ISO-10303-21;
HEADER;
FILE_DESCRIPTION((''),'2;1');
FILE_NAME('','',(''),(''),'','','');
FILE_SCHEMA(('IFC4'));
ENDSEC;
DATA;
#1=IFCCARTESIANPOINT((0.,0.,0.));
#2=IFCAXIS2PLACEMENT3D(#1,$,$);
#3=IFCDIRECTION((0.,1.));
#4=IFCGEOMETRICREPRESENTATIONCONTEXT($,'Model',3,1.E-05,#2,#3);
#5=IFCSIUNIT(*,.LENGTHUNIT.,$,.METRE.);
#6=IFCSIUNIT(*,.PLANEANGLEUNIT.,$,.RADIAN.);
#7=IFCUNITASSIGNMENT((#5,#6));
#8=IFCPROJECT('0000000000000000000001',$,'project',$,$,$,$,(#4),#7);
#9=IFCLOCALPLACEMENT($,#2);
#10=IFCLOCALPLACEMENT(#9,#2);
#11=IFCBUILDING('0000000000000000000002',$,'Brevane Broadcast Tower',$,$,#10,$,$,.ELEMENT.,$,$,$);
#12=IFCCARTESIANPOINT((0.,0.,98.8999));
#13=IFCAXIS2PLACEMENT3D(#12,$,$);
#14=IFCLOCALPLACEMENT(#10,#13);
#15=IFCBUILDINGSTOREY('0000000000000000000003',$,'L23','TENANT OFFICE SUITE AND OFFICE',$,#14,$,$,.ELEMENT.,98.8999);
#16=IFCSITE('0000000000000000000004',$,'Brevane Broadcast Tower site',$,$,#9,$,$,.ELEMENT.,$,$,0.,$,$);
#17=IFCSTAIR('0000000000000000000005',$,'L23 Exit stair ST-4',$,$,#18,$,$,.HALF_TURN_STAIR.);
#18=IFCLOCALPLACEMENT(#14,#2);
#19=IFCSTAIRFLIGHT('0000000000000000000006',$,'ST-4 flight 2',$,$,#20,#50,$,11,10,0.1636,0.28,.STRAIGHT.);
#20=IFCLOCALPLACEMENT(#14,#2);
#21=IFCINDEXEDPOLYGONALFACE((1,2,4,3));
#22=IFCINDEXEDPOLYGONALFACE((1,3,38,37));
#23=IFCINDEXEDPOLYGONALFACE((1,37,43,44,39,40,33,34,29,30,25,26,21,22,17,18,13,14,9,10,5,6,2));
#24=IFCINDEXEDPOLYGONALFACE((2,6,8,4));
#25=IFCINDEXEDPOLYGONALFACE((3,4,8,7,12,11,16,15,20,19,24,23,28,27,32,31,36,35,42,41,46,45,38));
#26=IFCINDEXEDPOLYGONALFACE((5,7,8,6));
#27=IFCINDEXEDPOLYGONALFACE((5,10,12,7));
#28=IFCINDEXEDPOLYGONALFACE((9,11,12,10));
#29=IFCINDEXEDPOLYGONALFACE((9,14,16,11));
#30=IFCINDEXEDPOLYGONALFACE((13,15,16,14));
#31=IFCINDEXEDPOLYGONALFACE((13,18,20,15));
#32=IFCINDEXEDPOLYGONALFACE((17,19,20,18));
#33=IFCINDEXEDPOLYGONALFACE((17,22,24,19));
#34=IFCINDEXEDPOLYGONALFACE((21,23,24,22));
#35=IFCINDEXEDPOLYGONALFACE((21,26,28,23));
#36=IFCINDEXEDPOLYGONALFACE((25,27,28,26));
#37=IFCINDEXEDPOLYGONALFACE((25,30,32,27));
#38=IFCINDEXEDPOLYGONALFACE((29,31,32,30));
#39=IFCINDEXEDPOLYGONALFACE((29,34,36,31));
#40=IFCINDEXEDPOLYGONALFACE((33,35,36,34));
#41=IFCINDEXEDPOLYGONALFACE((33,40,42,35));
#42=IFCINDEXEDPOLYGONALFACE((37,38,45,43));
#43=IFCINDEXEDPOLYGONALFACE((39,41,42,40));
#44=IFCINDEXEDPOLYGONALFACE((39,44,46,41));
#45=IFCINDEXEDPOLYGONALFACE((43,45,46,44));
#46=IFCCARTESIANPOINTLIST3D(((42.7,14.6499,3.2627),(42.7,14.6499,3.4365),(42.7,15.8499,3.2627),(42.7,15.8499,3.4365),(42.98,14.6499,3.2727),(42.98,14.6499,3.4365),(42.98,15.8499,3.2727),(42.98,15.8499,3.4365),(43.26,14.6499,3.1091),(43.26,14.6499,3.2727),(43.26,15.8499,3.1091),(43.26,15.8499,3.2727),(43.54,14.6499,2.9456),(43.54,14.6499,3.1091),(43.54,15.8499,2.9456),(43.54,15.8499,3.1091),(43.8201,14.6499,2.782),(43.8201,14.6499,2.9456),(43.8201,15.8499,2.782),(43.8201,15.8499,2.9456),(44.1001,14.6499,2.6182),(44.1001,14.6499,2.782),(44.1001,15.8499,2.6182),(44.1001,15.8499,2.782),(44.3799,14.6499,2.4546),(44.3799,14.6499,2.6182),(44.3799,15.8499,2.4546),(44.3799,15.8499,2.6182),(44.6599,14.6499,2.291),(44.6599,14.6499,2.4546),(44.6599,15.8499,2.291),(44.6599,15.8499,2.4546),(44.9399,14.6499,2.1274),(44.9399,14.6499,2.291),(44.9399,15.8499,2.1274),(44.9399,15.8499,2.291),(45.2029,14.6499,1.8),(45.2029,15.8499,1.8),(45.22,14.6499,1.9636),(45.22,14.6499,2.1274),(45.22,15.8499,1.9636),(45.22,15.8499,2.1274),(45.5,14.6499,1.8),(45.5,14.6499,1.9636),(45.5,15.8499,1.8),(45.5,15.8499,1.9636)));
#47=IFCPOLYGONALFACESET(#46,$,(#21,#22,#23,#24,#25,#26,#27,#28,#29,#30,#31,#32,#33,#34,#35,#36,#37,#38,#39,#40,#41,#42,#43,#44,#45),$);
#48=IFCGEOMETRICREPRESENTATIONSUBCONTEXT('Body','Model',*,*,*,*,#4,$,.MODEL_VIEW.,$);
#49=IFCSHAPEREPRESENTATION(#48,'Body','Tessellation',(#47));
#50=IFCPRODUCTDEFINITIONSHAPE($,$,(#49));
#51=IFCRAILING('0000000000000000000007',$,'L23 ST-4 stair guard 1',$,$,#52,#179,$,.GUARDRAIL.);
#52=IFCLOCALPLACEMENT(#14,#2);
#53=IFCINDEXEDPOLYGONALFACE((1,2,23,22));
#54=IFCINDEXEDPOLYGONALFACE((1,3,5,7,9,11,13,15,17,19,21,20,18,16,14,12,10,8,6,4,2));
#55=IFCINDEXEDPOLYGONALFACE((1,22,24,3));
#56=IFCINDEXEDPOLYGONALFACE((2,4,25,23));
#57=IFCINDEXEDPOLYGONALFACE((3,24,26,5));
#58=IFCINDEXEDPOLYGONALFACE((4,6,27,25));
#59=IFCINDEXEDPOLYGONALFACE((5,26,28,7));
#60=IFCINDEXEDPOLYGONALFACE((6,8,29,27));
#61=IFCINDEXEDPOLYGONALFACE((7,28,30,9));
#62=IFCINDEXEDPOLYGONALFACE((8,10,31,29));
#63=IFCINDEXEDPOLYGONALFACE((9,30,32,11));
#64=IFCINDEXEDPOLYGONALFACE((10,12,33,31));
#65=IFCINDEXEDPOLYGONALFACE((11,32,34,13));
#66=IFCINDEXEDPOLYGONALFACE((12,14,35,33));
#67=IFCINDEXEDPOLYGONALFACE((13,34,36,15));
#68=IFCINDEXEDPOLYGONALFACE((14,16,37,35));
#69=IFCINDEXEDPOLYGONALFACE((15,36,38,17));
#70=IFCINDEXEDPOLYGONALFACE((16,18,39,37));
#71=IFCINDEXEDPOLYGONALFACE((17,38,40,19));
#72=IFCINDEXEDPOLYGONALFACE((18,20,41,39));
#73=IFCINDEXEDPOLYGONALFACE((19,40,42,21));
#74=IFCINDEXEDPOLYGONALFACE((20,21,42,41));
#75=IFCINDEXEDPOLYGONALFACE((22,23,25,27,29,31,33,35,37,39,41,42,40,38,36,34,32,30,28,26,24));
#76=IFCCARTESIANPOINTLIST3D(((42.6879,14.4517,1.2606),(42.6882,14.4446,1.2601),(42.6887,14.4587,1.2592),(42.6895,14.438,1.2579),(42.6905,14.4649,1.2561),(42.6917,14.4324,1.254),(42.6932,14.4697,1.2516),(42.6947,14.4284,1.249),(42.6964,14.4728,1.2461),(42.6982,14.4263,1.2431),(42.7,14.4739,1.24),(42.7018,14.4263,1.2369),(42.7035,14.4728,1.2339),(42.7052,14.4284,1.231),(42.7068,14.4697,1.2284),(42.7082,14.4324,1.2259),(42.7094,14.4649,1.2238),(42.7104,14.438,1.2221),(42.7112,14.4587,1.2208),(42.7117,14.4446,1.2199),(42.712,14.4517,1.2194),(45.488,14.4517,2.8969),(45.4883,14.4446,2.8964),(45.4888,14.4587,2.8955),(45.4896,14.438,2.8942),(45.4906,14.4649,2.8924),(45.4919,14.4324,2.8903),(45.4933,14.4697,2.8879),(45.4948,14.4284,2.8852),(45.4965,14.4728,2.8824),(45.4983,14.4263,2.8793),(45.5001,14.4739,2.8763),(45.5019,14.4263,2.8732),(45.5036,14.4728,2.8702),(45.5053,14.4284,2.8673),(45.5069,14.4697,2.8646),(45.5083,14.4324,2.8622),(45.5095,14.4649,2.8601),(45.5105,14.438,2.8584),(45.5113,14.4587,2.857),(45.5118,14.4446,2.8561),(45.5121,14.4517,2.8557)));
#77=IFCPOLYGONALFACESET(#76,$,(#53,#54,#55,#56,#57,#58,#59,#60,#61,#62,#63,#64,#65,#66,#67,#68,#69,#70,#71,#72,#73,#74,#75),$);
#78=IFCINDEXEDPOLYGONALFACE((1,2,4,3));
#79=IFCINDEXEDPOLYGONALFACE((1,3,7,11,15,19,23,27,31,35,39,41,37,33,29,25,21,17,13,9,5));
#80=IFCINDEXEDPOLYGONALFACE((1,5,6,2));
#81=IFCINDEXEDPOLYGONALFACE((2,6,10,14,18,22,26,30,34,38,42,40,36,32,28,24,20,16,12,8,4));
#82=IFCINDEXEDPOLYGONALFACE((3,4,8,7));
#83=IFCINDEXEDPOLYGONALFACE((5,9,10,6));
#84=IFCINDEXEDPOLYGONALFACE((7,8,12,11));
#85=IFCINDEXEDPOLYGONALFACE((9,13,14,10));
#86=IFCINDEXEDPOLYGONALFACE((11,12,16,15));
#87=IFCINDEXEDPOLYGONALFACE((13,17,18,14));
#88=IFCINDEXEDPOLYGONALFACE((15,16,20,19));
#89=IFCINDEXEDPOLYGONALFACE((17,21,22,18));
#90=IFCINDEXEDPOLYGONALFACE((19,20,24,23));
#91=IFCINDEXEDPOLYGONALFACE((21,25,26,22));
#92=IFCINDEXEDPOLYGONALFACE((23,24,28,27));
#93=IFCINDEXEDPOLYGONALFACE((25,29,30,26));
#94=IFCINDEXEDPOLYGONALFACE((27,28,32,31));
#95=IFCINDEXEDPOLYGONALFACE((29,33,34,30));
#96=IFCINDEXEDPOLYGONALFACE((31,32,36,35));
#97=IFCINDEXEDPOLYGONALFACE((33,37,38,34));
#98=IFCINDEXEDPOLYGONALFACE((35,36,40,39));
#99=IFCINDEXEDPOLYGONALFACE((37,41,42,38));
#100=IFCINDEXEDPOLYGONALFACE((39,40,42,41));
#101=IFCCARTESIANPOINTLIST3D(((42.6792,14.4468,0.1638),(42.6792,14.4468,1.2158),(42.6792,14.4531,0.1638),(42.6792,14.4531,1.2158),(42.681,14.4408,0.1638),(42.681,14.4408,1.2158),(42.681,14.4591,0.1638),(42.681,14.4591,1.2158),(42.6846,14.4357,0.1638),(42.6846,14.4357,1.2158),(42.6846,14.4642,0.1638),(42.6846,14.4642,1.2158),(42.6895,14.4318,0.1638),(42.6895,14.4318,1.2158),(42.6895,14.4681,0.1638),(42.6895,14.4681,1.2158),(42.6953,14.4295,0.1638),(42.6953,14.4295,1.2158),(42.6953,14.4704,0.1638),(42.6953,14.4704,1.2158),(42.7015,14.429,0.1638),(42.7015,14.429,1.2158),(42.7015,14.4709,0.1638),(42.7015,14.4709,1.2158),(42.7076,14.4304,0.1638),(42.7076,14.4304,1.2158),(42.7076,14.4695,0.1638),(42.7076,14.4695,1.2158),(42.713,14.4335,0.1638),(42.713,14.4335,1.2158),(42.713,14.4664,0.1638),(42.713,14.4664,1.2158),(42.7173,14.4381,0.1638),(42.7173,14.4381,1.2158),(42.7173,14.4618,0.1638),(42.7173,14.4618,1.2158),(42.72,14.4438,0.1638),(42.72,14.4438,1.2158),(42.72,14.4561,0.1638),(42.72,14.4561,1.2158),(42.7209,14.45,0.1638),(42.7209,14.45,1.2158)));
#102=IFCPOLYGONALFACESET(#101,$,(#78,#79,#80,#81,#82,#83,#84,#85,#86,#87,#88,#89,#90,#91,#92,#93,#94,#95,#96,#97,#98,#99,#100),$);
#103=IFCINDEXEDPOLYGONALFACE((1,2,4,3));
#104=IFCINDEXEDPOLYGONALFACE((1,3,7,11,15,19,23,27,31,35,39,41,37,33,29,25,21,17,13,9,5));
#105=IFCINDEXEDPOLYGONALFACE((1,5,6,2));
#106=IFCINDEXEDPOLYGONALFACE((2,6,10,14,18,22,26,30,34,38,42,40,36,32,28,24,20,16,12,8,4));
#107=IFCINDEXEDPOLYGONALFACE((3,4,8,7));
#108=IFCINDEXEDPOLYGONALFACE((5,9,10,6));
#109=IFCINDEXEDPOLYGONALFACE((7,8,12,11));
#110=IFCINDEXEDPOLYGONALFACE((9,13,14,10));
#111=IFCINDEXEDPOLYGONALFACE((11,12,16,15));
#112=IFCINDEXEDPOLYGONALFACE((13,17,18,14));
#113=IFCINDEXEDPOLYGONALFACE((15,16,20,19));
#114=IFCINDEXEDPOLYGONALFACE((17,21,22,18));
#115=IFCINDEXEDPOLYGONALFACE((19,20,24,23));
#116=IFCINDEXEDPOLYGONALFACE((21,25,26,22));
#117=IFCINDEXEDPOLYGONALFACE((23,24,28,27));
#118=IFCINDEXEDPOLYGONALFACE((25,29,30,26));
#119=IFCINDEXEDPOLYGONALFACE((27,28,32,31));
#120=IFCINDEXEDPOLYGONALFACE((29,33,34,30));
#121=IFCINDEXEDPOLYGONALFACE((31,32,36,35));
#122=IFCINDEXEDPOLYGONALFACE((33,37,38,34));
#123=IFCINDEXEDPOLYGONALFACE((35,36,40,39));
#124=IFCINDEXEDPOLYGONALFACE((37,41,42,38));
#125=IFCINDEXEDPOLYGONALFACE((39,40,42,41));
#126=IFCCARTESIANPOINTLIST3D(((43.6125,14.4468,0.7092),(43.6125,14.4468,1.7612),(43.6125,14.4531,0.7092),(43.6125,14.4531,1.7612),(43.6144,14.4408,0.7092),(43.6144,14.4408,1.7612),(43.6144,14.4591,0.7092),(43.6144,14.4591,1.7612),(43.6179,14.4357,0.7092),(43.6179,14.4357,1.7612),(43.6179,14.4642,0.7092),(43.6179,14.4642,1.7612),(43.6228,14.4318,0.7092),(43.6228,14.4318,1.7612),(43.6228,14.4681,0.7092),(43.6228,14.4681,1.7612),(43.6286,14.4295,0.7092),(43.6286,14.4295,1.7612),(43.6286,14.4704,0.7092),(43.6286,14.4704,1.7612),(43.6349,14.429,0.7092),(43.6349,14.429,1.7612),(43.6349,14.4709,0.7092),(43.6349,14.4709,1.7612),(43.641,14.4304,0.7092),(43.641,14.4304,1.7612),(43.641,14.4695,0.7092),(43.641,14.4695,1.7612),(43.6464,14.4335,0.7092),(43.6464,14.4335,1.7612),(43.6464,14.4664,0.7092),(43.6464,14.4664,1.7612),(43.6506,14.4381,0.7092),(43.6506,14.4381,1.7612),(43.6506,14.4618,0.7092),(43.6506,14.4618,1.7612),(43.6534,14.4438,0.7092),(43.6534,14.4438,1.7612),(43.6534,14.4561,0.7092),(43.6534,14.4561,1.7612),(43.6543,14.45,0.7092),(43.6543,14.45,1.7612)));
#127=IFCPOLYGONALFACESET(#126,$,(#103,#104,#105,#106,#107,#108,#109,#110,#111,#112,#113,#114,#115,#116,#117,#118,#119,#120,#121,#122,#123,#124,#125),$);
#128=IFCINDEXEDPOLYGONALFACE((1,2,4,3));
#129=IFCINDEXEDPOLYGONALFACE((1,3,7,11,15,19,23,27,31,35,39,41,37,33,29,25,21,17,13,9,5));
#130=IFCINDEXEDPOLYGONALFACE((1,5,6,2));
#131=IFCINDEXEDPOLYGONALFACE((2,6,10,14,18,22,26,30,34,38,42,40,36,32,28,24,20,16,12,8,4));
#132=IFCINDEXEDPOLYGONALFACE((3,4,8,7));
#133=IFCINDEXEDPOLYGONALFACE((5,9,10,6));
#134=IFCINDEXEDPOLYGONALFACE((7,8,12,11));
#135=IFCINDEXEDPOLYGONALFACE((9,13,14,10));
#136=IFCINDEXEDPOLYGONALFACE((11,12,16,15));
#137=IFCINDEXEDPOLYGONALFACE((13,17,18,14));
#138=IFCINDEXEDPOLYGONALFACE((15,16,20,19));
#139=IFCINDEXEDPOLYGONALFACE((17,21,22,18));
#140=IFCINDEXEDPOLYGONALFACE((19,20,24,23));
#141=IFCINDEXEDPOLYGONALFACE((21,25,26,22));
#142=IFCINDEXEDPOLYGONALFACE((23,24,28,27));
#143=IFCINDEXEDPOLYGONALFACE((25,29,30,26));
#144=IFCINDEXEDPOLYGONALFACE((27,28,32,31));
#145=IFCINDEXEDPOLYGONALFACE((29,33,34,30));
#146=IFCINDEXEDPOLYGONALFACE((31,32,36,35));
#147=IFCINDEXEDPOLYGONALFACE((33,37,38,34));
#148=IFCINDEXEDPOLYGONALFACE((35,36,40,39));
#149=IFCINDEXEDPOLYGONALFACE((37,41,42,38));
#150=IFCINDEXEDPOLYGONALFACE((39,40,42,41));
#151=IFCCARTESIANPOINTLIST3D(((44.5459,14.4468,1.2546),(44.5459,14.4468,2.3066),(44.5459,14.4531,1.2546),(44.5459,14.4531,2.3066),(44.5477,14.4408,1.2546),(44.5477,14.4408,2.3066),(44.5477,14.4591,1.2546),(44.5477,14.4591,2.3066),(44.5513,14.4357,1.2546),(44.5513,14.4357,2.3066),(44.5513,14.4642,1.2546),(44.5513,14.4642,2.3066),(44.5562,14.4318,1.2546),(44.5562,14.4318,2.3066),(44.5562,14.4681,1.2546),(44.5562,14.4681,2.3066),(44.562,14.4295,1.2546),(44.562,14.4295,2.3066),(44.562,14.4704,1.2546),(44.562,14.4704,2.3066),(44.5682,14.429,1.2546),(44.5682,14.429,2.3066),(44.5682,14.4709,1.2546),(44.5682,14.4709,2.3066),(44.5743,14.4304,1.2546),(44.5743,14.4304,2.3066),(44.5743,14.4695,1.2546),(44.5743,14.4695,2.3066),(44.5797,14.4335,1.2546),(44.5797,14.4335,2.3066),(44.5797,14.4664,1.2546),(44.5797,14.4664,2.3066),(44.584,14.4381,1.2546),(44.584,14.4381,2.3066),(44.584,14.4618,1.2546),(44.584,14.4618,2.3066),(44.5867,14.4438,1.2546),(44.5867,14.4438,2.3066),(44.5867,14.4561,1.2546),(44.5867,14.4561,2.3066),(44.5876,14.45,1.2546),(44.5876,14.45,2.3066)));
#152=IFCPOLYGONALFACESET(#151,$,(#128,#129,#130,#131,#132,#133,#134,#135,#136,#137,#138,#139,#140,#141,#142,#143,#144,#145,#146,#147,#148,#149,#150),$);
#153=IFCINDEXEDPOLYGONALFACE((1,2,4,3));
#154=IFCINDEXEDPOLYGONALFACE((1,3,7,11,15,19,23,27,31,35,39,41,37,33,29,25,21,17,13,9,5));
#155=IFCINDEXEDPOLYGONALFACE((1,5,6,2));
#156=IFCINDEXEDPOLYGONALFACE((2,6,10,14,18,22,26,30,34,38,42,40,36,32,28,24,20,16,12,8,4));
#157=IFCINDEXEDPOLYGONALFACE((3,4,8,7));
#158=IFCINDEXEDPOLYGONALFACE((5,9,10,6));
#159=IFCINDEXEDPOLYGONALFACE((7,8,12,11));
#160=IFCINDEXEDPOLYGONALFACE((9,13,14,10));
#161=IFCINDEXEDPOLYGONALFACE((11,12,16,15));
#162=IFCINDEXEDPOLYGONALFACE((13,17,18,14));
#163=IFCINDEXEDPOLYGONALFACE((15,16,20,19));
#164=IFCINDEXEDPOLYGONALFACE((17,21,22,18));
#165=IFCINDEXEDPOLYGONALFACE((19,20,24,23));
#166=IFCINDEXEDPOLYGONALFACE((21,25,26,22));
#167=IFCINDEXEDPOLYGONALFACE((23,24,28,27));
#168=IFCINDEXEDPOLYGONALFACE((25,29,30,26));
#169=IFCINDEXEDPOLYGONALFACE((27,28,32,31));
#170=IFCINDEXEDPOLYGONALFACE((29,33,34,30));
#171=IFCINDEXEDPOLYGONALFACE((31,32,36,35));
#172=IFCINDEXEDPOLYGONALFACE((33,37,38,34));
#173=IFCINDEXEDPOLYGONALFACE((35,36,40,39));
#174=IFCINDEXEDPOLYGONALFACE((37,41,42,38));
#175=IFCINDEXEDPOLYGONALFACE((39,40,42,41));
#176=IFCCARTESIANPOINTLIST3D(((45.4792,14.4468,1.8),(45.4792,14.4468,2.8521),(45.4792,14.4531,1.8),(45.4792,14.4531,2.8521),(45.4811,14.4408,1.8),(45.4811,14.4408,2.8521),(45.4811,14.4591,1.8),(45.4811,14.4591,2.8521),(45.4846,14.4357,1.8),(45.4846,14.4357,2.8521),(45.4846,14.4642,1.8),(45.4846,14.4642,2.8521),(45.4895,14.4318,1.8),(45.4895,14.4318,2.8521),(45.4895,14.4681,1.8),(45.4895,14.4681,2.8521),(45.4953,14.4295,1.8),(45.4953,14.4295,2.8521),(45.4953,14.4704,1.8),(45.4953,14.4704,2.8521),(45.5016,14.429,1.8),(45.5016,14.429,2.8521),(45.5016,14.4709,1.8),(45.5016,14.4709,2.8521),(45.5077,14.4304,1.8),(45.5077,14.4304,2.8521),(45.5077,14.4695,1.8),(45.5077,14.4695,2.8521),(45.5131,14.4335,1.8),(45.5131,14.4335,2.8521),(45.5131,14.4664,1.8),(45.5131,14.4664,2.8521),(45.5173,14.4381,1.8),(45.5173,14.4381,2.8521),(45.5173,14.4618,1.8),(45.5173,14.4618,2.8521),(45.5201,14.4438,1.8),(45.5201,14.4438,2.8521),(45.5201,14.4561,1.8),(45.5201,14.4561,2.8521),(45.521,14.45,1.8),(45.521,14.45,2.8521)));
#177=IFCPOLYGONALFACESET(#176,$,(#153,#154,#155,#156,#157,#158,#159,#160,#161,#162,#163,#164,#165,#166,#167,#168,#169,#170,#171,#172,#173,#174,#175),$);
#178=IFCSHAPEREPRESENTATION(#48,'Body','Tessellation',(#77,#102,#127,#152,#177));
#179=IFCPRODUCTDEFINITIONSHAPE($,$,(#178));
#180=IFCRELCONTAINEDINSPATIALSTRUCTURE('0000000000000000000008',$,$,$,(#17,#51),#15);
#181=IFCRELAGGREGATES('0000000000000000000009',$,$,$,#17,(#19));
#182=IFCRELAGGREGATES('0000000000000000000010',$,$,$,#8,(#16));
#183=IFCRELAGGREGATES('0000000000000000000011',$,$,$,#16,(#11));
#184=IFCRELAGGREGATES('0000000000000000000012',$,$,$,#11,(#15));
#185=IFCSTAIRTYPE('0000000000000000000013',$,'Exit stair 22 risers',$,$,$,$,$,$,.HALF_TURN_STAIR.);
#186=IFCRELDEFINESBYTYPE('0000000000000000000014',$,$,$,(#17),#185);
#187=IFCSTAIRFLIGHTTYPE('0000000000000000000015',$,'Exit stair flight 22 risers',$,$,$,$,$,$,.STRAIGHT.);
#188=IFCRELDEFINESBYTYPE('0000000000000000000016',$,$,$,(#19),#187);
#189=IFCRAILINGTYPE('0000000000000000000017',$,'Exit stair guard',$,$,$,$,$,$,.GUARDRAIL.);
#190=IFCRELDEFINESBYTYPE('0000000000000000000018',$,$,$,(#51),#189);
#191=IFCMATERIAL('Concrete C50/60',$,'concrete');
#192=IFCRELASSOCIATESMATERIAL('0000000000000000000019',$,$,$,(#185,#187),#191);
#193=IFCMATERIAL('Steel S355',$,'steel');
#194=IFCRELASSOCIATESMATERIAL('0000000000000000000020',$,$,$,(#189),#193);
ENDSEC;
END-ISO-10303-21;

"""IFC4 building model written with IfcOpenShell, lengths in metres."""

from ifc_helpers import new_model, si_unit, direction, frame, origin, origin_2d, place, context, subcontext, project, spatial, polyline, circle, outline, extrude, material, type_object, element, aggregate, save


model = new_model("IFC4")

# Units and contexts
model_context = context("Model", 3, precision=1e-05, world=origin(), true_north=direction((0.0, 1.0)))
body_context = subcontext(model_context, "Body", "Model", "MODEL_VIEW")
ifc_project = project(units=[si_unit("LENGTHUNIT", "METRE"), si_unit("PLANEANGLEUNIT", "RADIAN")], contexts=[model_context])

# Site, building, storey
site_placement = place(None, origin())
site = spatial("IfcSite", under=ifc_project, at=site_placement, Name="Brevane Broadcast Tower site", CompositionType="ELEMENT", RefElevation=0.0)
building_placement = place(site_placement, origin())
building = spatial("IfcBuilding", under=site, at=building_placement, Name="Brevane Broadcast Tower", CompositionType="ELEMENT")
storey_placement = place(building_placement, frame((0.0, 0.0, 98.8999)))
storey = spatial("IfcBuildingStorey", under=building, at=storey_placement, Name="L23", Description="TENANT OFFICE SUITE AND OFFICE", CompositionType="ELEMENT", Elevation=98.8999)

# Stair, stair flight
ifc_material_1 = material(Name="Concrete C50/60", Category="concrete")
stair_type = type_object("IfcStairType", Name="Exit stair 22 risers", PredefinedType="HALF_TURN_STAIR", material=ifc_material_1)
stair_placement = place(storey_placement, origin())
stair = element("IfcStair", 1, at=stair_placement, inside=storey, type_object=stair_type, Name="L23 Exit stair ST-4", PredefinedType="HALF_TURN_STAIR")
stair_flight_type = type_object("IfcStairFlightType", Name="Exit stair flight 22 risers", PredefinedType="STRAIGHT", material=ifc_material_1)
stair_flight_1_placement = place(storey_placement, frame((45.5, 15.25, 1.8), z_axis=(0.0, 0.0, 1.0), x_axis=(-1.0, 0.0, 0.0)))
stair_flight_1 = element("IfcStairFlight", 2, at=stair_flight_1_placement, type_object=stair_flight_type, Name="ST-4 flight 2", NumberOfRisers=11, NumberOfTreads=10, PredefinedType="STRAIGHT", RiserHeight=0.1636, TreadLength=0.28, context=body_context, shape_type="SweptSolid", body=[
    extrude(outline(polyline([(0.0, 0.0), (0.0, 0.1636), (0.28, 0.1636), (0.28, 0.3274), (0.5601, 0.3274), (0.5601, 0.491), (0.8401, 0.491), (0.8401, 0.6545), (1.1201, 0.6545), (1.1201, 0.8181), (1.3999, 0.8181), (1.3999, 0.9819), (1.6799, 0.9819), (1.6799, 1.1455), (1.96, 1.1455), (1.96, 1.3091), (2.24, 1.3091), (2.24, 1.4727), (2.52, 1.4727), (2.52, 1.6365), (2.8, 1.6365), (2.8, 1.8), (2.8, 1.4626), (0.2971, 0.0), (0.0, 0.0)])), frame((0.0, 0.6001, 0.0), z_axis=(0.0, -1.0, 0.0), x_axis=(1.0, 0.0, 0.0)), (0.0, 0.0, 1.0), 1.2),
])
aggregate(stair, [stair_flight_1])

# Railing
ifc_material_2 = material(Name="Steel S355", Category="steel")
railing_type_1 = type_object("IfcRailingType", Name="Exit stair guard", PredefinedType="GUARDRAIL", material=ifc_material_2)
railing_1_placement = place(storey_placement, frame((42.7, 14.45, 0.1638)))
element("IfcRailing", 3, at=railing_1_placement, inside=storey, type_object=railing_type_1, Name="L23 ST-4 stair guard 1", PredefinedType="GUARDRAIL", context=body_context, shape_type="SweptSolid", body=[
    extrude(circle(Radius=0.0239, at=origin_2d()), frame((0.0, 0.0, 1.0762), z_axis=(0.863394, 0.0, 0.504531), x_axis=(0.0, 1.0, 0.0)), (0.0, 0.0, 1.0), 3.2432),
    extrude(circle(Radius=0.021, at=origin_2d()), origin(), (0.0, 0.0, 1.0), 1.052),
    extrude(circle(Radius=0.021, at=origin_2d()), frame((0.9333, 0.0, 0.5454)), (0.0, 0.0, 1.0), 1.052),
    extrude(circle(Radius=0.021, at=origin_2d()), frame((1.8667, 0.0, 1.0908)), (0.0, 0.0, 1.0), 1.052),
    extrude(circle(Radius=0.021, at=origin_2d()), frame((2.8, 0.0, 1.6362)), (0.0, 0.0, 1.0), 1.052),
])

save(model, "model.ifc")
